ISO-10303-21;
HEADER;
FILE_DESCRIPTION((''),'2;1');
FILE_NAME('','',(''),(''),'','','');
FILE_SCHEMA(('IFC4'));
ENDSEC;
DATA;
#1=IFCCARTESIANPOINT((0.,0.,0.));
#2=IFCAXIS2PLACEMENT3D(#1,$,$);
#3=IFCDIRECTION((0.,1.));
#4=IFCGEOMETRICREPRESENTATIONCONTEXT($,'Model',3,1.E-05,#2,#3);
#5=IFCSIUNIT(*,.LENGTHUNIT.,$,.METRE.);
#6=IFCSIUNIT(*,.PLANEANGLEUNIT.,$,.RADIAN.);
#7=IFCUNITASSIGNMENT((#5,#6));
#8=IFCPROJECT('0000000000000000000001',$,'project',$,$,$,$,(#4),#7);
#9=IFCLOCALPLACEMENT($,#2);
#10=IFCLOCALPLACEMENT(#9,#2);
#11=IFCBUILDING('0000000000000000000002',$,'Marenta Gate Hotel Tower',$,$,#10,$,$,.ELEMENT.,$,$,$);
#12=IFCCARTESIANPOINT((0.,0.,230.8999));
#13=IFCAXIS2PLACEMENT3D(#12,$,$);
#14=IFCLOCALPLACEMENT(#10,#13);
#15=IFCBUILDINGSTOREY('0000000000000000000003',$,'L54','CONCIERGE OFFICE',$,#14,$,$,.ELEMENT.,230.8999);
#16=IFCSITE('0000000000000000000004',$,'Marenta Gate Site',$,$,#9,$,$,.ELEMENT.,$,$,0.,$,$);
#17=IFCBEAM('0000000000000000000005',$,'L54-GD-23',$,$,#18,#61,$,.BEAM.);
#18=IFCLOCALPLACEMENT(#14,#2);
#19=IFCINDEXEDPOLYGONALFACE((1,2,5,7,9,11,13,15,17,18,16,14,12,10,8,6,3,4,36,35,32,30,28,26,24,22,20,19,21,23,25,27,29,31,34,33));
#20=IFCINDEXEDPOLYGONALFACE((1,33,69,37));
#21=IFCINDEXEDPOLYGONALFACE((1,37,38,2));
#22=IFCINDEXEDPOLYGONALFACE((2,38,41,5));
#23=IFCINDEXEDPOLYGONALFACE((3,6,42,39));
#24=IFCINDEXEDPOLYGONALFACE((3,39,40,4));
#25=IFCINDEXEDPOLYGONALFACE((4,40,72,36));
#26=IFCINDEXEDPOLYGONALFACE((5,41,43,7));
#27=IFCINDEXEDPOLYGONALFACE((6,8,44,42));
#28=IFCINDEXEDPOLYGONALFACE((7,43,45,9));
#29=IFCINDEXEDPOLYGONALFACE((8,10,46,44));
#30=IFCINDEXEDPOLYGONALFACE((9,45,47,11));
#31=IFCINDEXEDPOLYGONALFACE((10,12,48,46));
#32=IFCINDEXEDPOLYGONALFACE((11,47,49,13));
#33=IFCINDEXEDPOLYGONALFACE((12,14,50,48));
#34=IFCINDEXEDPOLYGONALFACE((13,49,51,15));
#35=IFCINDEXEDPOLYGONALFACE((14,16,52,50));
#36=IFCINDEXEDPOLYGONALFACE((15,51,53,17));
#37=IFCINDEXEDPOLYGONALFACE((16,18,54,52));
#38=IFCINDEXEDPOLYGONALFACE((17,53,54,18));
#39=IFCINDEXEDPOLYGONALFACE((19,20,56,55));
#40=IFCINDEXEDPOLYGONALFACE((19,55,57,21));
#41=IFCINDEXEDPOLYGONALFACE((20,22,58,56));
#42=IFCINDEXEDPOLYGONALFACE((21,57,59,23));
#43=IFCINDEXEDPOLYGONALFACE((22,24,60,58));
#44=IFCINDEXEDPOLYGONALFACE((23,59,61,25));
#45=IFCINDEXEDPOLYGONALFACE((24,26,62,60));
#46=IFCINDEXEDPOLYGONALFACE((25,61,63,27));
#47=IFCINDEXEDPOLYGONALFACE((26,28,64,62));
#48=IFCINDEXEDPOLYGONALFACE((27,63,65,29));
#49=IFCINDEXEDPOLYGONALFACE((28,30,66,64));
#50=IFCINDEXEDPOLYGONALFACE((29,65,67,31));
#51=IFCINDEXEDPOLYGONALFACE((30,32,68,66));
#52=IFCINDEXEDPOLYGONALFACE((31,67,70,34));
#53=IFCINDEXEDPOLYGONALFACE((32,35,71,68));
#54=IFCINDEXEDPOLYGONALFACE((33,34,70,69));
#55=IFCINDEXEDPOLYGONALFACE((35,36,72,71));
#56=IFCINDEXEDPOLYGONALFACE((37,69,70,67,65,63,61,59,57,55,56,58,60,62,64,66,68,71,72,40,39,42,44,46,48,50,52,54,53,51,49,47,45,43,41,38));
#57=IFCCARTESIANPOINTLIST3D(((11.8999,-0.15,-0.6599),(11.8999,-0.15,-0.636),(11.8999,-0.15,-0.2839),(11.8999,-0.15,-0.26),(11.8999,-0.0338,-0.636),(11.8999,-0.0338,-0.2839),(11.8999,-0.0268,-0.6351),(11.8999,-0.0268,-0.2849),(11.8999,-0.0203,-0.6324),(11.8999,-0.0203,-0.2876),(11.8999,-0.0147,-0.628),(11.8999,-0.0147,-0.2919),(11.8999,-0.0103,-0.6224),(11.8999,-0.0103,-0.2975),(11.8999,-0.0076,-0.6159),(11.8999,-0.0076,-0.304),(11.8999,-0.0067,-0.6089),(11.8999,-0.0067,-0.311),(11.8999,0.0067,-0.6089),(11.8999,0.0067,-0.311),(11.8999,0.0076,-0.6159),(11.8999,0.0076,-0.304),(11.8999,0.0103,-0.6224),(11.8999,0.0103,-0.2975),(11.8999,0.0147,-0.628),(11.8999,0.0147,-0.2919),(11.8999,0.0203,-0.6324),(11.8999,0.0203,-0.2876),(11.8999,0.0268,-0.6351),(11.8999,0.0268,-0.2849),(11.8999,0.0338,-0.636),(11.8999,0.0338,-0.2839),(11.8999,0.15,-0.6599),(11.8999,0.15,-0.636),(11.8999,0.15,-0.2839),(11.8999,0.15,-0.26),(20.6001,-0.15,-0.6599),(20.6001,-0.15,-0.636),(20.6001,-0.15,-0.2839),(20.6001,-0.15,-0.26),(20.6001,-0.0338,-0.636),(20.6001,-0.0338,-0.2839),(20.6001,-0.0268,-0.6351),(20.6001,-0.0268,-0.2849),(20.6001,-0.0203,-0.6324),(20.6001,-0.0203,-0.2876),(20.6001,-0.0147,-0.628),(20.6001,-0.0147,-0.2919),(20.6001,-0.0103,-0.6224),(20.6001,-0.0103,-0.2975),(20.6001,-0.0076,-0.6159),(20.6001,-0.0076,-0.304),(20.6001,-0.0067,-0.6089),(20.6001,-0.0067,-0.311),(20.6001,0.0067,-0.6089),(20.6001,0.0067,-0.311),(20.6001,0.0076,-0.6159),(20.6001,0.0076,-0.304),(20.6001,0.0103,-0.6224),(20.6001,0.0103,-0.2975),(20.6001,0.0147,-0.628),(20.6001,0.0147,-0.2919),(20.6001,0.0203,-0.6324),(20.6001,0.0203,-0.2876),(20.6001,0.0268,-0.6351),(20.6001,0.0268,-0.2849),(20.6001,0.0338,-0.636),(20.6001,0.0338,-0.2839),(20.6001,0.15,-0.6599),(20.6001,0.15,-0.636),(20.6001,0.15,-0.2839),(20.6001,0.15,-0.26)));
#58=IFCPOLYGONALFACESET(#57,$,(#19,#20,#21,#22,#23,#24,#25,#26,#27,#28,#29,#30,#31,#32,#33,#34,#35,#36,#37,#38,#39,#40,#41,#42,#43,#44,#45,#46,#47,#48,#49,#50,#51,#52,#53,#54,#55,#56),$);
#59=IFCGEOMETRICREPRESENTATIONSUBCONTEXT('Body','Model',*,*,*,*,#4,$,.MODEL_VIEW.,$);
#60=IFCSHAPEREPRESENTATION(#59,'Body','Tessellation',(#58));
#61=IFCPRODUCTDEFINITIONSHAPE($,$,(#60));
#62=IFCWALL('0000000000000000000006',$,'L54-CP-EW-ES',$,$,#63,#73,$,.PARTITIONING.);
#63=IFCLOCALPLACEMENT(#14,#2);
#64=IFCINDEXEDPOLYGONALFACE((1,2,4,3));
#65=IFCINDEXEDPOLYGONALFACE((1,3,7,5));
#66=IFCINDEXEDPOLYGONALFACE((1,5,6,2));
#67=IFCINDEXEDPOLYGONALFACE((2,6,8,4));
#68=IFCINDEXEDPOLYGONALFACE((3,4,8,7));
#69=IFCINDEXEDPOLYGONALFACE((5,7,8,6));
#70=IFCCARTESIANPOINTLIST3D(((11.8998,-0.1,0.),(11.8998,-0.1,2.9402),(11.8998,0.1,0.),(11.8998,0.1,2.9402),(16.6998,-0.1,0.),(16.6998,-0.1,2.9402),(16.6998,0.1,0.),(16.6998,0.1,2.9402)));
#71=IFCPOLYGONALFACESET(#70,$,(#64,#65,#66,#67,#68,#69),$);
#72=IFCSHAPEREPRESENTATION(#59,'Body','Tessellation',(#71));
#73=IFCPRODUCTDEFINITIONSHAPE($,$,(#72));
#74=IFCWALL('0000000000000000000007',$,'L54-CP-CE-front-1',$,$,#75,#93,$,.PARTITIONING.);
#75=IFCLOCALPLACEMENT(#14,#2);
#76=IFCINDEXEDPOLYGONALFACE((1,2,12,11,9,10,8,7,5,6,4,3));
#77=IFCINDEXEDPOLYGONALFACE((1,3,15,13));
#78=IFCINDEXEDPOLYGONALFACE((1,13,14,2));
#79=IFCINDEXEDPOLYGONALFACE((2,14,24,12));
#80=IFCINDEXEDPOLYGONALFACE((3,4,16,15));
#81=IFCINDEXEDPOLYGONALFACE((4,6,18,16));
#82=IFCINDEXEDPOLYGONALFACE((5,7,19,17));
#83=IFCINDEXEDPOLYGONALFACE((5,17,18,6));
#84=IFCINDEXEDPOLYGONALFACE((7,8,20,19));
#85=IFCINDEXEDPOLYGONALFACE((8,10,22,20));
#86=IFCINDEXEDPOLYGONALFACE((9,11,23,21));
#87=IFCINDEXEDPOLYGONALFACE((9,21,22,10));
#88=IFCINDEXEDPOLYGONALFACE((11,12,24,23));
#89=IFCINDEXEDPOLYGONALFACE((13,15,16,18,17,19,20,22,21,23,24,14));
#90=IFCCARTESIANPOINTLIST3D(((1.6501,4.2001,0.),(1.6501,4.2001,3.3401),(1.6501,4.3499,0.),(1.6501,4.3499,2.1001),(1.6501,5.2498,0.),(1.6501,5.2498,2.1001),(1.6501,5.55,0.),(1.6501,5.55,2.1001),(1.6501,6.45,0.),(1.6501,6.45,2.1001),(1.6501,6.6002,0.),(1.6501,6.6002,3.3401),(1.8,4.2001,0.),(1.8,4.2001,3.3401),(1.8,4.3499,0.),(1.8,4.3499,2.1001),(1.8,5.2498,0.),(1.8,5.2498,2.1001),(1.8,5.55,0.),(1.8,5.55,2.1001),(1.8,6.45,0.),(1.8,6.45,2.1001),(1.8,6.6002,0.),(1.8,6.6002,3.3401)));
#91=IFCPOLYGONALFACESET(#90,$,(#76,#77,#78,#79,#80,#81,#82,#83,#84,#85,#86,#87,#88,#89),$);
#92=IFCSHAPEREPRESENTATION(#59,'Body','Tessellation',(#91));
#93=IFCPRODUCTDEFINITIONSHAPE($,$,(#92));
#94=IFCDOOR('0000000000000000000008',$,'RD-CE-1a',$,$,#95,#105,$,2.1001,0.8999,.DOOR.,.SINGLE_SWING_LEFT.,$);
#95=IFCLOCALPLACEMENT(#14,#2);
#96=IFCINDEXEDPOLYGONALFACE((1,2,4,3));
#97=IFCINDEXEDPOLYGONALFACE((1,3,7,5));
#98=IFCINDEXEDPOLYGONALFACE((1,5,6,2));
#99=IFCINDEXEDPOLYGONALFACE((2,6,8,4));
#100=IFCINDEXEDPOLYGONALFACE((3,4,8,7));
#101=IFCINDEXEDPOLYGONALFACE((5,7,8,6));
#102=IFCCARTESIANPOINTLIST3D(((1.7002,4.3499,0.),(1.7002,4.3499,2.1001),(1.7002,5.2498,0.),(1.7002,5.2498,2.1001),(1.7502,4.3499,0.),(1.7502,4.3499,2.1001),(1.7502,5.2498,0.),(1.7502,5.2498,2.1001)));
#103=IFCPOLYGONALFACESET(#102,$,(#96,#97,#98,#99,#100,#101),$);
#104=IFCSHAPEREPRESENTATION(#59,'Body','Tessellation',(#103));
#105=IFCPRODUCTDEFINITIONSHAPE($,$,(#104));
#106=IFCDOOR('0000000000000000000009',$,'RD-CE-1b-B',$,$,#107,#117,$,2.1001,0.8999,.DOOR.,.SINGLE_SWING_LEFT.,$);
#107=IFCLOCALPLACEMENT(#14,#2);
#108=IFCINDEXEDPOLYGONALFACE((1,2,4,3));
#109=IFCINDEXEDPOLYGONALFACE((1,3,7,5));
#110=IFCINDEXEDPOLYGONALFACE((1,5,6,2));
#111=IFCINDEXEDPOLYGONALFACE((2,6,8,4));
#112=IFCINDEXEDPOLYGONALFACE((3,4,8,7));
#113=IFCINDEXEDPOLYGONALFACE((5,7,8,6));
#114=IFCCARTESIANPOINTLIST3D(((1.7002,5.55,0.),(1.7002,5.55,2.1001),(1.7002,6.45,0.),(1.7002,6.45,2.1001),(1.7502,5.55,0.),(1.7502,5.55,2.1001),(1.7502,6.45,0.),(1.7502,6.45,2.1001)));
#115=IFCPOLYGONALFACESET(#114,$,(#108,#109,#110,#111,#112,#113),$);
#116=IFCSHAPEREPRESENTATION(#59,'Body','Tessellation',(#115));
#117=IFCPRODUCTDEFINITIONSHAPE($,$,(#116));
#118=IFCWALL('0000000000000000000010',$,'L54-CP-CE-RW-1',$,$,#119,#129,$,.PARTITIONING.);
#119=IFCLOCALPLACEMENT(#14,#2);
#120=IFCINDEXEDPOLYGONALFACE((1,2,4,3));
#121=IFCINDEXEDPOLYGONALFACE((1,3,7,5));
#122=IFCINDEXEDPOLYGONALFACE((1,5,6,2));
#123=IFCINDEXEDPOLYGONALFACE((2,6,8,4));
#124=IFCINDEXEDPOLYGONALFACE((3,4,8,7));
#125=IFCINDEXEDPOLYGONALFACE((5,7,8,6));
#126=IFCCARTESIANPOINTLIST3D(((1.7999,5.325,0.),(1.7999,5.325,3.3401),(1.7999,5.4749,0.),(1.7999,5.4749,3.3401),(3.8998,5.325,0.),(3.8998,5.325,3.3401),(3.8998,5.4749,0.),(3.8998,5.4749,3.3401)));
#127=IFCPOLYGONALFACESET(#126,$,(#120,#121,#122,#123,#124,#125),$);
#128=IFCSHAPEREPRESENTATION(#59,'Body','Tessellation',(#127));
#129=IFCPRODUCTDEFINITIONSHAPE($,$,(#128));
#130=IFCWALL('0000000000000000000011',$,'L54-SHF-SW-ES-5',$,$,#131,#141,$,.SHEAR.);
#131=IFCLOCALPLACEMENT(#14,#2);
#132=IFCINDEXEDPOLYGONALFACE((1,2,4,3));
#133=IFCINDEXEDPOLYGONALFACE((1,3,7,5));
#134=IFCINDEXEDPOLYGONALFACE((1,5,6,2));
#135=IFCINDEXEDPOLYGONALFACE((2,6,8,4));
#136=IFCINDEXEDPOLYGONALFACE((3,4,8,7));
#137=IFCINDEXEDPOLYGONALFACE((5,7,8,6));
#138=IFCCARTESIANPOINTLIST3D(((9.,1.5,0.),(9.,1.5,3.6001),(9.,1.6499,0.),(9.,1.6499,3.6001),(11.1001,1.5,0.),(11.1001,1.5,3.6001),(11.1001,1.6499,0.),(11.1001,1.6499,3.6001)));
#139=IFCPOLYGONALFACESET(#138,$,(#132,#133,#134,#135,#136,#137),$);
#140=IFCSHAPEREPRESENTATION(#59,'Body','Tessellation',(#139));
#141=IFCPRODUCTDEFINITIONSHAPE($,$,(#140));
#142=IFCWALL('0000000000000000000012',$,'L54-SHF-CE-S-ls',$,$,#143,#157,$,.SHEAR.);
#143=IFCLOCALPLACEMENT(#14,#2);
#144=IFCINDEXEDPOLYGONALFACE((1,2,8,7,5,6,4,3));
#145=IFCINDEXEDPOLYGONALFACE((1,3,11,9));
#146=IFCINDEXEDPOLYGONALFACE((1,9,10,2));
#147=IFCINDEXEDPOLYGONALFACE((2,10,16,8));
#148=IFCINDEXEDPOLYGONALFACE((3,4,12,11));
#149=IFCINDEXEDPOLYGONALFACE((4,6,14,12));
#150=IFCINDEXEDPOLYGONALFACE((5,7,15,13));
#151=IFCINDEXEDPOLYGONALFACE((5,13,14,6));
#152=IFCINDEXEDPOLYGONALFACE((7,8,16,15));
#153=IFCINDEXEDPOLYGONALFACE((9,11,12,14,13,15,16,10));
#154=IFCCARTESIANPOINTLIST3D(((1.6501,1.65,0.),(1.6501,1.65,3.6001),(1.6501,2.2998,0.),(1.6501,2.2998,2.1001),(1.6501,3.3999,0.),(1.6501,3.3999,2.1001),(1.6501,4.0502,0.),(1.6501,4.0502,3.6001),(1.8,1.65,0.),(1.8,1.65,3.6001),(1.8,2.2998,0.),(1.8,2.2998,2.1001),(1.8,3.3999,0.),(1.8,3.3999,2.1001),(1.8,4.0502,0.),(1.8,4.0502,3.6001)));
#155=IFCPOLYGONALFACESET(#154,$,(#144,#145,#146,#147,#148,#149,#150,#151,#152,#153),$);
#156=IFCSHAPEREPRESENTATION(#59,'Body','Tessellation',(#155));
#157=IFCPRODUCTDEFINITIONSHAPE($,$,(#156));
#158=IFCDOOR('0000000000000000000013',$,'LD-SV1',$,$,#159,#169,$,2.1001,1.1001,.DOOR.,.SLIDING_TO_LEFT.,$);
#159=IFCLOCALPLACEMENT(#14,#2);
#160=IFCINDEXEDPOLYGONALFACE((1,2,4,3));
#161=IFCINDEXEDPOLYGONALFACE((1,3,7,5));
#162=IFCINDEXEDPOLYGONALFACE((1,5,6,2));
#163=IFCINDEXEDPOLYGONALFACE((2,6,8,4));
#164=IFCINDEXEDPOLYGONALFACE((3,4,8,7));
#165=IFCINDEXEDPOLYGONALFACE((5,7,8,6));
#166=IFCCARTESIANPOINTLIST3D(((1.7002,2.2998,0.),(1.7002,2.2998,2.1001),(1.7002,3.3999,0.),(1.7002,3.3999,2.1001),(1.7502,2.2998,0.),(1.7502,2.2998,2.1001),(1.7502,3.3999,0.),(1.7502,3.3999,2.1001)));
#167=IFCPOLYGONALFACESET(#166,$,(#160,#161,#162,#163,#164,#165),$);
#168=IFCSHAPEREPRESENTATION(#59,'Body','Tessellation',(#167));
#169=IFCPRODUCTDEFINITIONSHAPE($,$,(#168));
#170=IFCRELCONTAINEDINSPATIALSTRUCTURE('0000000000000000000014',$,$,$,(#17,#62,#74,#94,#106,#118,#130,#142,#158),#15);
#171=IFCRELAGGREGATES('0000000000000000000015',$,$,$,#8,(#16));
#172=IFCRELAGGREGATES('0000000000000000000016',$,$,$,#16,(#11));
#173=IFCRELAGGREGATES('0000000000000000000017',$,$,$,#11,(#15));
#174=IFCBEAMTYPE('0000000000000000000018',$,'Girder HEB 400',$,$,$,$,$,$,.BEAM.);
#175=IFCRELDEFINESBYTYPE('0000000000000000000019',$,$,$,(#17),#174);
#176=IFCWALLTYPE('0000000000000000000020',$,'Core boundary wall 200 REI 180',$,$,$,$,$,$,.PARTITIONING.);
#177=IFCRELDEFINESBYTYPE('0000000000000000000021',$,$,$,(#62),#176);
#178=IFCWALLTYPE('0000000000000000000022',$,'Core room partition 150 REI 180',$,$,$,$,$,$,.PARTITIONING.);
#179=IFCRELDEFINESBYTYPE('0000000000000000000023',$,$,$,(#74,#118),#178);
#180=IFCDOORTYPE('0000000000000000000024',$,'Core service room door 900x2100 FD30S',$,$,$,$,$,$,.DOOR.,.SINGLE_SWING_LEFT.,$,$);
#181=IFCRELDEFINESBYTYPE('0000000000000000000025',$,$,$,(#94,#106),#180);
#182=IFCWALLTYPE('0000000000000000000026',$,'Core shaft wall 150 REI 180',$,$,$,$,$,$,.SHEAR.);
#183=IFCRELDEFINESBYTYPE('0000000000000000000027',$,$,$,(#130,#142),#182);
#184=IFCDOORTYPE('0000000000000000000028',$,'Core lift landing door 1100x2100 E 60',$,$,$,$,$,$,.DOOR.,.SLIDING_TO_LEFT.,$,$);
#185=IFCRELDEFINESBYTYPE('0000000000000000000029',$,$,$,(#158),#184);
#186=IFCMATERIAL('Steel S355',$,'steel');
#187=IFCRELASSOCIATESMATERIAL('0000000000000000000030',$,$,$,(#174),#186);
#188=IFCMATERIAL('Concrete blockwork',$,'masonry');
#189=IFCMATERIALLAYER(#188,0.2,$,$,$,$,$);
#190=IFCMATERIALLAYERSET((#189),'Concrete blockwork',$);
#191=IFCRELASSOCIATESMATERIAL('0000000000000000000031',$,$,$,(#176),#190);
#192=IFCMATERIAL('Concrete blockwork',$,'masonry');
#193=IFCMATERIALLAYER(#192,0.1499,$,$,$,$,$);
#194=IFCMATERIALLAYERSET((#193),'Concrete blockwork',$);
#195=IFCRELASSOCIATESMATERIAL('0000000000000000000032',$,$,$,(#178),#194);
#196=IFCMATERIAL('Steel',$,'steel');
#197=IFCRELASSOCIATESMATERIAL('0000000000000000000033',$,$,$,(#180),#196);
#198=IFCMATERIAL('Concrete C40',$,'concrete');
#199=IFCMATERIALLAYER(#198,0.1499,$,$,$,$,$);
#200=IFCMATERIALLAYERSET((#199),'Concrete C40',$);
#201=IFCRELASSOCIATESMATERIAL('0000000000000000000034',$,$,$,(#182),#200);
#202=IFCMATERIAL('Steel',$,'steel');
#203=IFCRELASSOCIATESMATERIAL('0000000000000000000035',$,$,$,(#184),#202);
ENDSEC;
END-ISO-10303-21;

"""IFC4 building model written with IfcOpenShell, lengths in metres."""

from ifc_helpers import new_model, si_unit, direction, frame, frame_2d, origin, origin_2d, place, context, subcontext, project, spatial, rectangle, i_section, extrude, material, layer, layer_set, material_profile, profile_set, type_object, element, fill, save


model = new_model("IFC4")

# Units and contexts
model_context = context("Model", 3, precision=1e-05, world=origin(), true_north=direction((0.0, 1.0)))
body_context = subcontext(model_context, "Body", "Model", "MODEL_VIEW")
ifc_project = project(units=[si_unit("LENGTHUNIT", "METRE"), si_unit("PLANEANGLEUNIT", "RADIAN")], contexts=[model_context])

# Site, building, storey
site_placement = place(None, origin())
site = spatial("IfcSite", under=ifc_project, at=site_placement, Name="Marenta Gate Site", CompositionType="ELEMENT", RefElevation=0.0)
building_placement = place(site_placement, origin())
building = spatial("IfcBuilding", under=site, at=building_placement, Name="Marenta Gate Hotel Tower", CompositionType="ELEMENT")
storey_placement = place(building_placement, frame((0.0, 0.0, 230.8999)))
storey = spatial("IfcBuildingStorey", under=building, at=storey_placement, Name="L54", Description="CONCIERGE OFFICE", CompositionType="ELEMENT", Elevation=230.8999)

# Beam
ifc_material_1 = material(Name="Steel S355", Category="steel")
ifc_material_profile = material_profile(ifc_material_1, i_section(OverallWidth=0.3, OverallDepth=0.3999, WebThickness=0.0134, FlangeThickness=0.0239, FilletRadius=0.0271, at=origin_2d()), Name="HEB 400")
ifc_profile_set = profile_set([ifc_material_profile], Name="Steel S355")
beam_type = type_object("IfcBeamType", Name="Girder HEB 400", PredefinedType="BEAM", material=ifc_profile_set)
beam_placement = place(storey_placement, frame((11.8999, 0.0, -0.46), z_axis=(1.0, 0.0, 0.0), x_axis=(0.0, 1.0, 0.0)))
element("IfcBeam", 1, at=beam_placement, inside=storey, type_object=beam_type, Name="L54-GD-23", PredefinedType="BEAM", context=body_context, shape_type="SweptSolid", body=[
    extrude(i_section(OverallWidth=0.3, OverallDepth=0.3999, WebThickness=0.0134, FlangeThickness=0.0239, FilletRadius=0.0271, at=origin_2d()), origin(), (0.0, 0.0, 1.0), 8.7002),
])

# Shared definitions
ifc_material_2 = material(Name="Concrete blockwork", Category="masonry")
ifc_layer_1 = layer(ifc_material_2, 0.2)
ifc_layer_set_1 = layer_set([ifc_layer_1], Name="Concrete blockwork")
wall_type_1 = type_object("IfcWallType", Name="Core boundary wall 200 REI 180", PredefinedType="PARTITIONING", material=ifc_layer_set_1)

# Wall
wall_1_placement = place(storey_placement, frame((11.8999, 0.0, 0.0), z_axis=(0.0, 0.0, 1.0), x_axis=(1.0, 0.0, 0.0)))
element("IfcWall", 2, at=wall_1_placement, inside=storey, type_object=wall_type_1, Name="L54-CP-EW-ES", PredefinedType="PARTITIONING", context=body_context, shape_type="SweptSolid", body=[
    extrude(rectangle(XDim=4.8, YDim=0.2, at=frame_2d((2.3999, 0.0))), origin(), (0.0, 0.0, 1.0), 2.9402),
])

# Wall, openings, doors
ifc_material_3 = material(Name="Concrete blockwork", Category="masonry")
ifc_layer_2 = layer(ifc_material_3, 0.1499)
ifc_layer_set_2 = layer_set([ifc_layer_2], Name="Concrete blockwork")
wall_type_2 = type_object("IfcWallType", Name="Core room partition 150 REI 180", PredefinedType="PARTITIONING", material=ifc_layer_set_2)
wall_2_placement = place(storey_placement, frame((1.7251, 4.2, 0.0), z_axis=(0.0, 0.0, 1.0), x_axis=(0.0, 1.0, 0.0)))
wall_2 = element("IfcWall", 3, at=wall_2_placement, inside=storey, type_object=wall_type_2, Name="L54-CP-CE-front-1", PredefinedType="PARTITIONING", context=body_context, shape_type="SweptSolid", body=[
    extrude(rectangle(XDim=2.4001, YDim=0.1499, at=frame_2d((1.2002, 0.0))), origin(), (0.0, 0.0, 1.0), 3.3401),
])
opening_1_placement = place(wall_2_placement, frame((0.1499, 0.0, 0.0)))
opening_1 = element("IfcOpeningElement", 4, at=opening_1_placement, cuts=wall_2, PredefinedType="OPENING", context=body_context, shape_type="SweptSolid", body=[
    extrude(rectangle(XDim=0.8999, YDim=2.1001, at=frame_2d((0.45, 1.05))), frame((0.0, 0.075, 0.0), z_axis=(0.0, -1.0, 0.0), x_axis=(1.0, 0.0, 0.0)), (0.0, 0.0, 1.0), 0.1499),
])
opening_2_placement = place(wall_2_placement, frame((1.3501, 0.0, 0.0)))
opening_2 = element("IfcOpeningElement", 5, at=opening_2_placement, cuts=wall_2, PredefinedType="OPENING", context=body_context, shape_type="SweptSolid", body=[
    extrude(rectangle(XDim=0.8999, YDim=2.1001, at=frame_2d((0.45, 1.05))), frame((0.0, 0.075, 0.0), z_axis=(0.0, -1.0, 0.0), x_axis=(1.0, 0.0, 0.0)), (0.0, 0.0, 1.0), 0.1499),
])
ifc_material_4 = material(Name="Steel", Category="steel")
door_type_1 = type_object("IfcDoorType", Name="Core service room door 900x2100 FD30S", OperationType="SINGLE_SWING_LEFT", PredefinedType="DOOR", material=ifc_material_4)
door_1_placement = place(opening_1_placement, origin())
door_1 = element("IfcDoor", 6, at=door_1_placement, inside=storey, type_object=door_type_1, Name="RD-CE-1a", OperationType="SINGLE_SWING_LEFT", OverallHeight=2.1001, OverallWidth=0.8999, PredefinedType="DOOR", context=body_context, shape_type="SweptSolid", body=[
    extrude(rectangle(XDim=0.8999, YDim=2.1001, at=frame_2d((0.45, 1.05))), frame((0.0, 0.0249, 0.0), z_axis=(0.0, -1.0, 0.0), x_axis=(1.0, 0.0, 0.0)), (0.0, 0.0, 1.0), 0.05),
])
fill(opening_1, door_1)
door_2_placement = place(opening_2_placement, origin())
door_2 = element("IfcDoor", 7, at=door_2_placement, inside=storey, type_object=door_type_1, Name="RD-CE-1b-B", OperationType="SINGLE_SWING_LEFT", OverallHeight=2.1001, OverallWidth=0.8999, PredefinedType="DOOR", context=body_context, shape_type="SweptSolid", body=[
    extrude(rectangle(XDim=0.8999, YDim=2.1001, at=frame_2d((0.45, 1.05))), frame((0.0, 0.0249, 0.0), z_axis=(0.0, -1.0, 0.0), x_axis=(1.0, 0.0, 0.0)), (0.0, 0.0, 1.0), 0.05),
])
fill(opening_2, door_2)

# Walls
wall_3_placement = place(storey_placement, frame((1.8, 5.3999, 0.0), z_axis=(0.0, 0.0, 1.0), x_axis=(1.0, 0.0, 0.0)))
element("IfcWall", 8, at=wall_3_placement, inside=storey, type_object=wall_type_2, Name="L54-CP-CE-RW-1", PredefinedType="PARTITIONING", context=body_context, shape_type="SweptSolid", body=[
    extrude(rectangle(XDim=2.0999, YDim=0.1499, at=frame_2d((1.0498, 0.0))), origin(), (0.0, 0.0, 1.0), 3.3401),
])
ifc_material_5 = material(Name="Concrete C40", Category="concrete")
ifc_layer_3 = layer(ifc_material_5, 0.1499)
ifc_layer_set_3 = layer_set([ifc_layer_3], Name="Concrete C40")
wall_type_3 = type_object("IfcWallType", Name="Core shaft wall 150 REI 180", PredefinedType="SHEAR", material=ifc_layer_set_3)
wall_4_placement = place(storey_placement, frame((9.0, 1.575, 0.0), z_axis=(0.0, 0.0, 1.0), x_axis=(1.0, 0.0, 0.0)))
element("IfcWall", 9, at=wall_4_placement, inside=storey, type_object=wall_type_3, Name="L54-SHF-SW-ES-5", PredefinedType="SHEAR", context=body_context, shape_type="SweptSolid", body=[
    extrude(rectangle(XDim=2.1001, YDim=0.1499, at=frame_2d((1.05, 0.0))), origin(), (0.0, 0.0, 1.0), 3.6001),
])

# Wall, opening, door
wall_5_placement = place(storey_placement, frame((1.7251, 1.6499, 0.0), z_axis=(0.0, 0.0, 1.0), x_axis=(0.0, 1.0, 0.0)))
wall_5 = element("IfcWall", 10, at=wall_5_placement, inside=storey, type_object=wall_type_3, Name="L54-SHF-CE-S-ls", PredefinedType="SHEAR", context=body_context, shape_type="SweptSolid", body=[
    extrude(rectangle(XDim=2.4001, YDim=0.1499, at=frame_2d((1.2002, 0.0))), origin(), (0.0, 0.0, 1.0), 3.6001),
])
opening_3_placement = place(wall_5_placement, frame((0.6499, 0.0, 0.0)))
opening_3 = element("IfcOpeningElement", 11, at=opening_3_placement, cuts=wall_5, PredefinedType="OPENING", context=body_context, shape_type="SweptSolid", body=[
    extrude(rectangle(XDim=1.1001, YDim=2.1001, at=frame_2d((0.55, 1.05))), frame((0.0, 0.075, 0.0), z_axis=(0.0, -1.0, 0.0), x_axis=(1.0, 0.0, 0.0)), (0.0, 0.0, 1.0), 0.1499),
])
ifc_material_6 = material(Name="Steel", Category="steel")
door_type_2 = type_object("IfcDoorType", Name="Core lift landing door 1100x2100 E 60", OperationType="SLIDING_TO_LEFT", PredefinedType="DOOR", material=ifc_material_6)
door_3_placement = place(opening_3_placement, origin())
door_3 = element("IfcDoor", 12, at=door_3_placement, inside=storey, type_object=door_type_2, Name="LD-SV1", OperationType="SLIDING_TO_LEFT", OverallHeight=2.1001, OverallWidth=1.1001, PredefinedType="DOOR", context=body_context, shape_type="SweptSolid", body=[
    extrude(rectangle(XDim=1.1001, YDim=2.1001, at=frame_2d((0.55, 1.05))), frame((0.0, 0.0249, 0.0), z_axis=(0.0, -1.0, 0.0), x_axis=(1.0, 0.0, 0.0)), (0.0, 0.0, 1.0), 0.05),
])
fill(opening_3, door_3)

save(model, "model.ifc")
